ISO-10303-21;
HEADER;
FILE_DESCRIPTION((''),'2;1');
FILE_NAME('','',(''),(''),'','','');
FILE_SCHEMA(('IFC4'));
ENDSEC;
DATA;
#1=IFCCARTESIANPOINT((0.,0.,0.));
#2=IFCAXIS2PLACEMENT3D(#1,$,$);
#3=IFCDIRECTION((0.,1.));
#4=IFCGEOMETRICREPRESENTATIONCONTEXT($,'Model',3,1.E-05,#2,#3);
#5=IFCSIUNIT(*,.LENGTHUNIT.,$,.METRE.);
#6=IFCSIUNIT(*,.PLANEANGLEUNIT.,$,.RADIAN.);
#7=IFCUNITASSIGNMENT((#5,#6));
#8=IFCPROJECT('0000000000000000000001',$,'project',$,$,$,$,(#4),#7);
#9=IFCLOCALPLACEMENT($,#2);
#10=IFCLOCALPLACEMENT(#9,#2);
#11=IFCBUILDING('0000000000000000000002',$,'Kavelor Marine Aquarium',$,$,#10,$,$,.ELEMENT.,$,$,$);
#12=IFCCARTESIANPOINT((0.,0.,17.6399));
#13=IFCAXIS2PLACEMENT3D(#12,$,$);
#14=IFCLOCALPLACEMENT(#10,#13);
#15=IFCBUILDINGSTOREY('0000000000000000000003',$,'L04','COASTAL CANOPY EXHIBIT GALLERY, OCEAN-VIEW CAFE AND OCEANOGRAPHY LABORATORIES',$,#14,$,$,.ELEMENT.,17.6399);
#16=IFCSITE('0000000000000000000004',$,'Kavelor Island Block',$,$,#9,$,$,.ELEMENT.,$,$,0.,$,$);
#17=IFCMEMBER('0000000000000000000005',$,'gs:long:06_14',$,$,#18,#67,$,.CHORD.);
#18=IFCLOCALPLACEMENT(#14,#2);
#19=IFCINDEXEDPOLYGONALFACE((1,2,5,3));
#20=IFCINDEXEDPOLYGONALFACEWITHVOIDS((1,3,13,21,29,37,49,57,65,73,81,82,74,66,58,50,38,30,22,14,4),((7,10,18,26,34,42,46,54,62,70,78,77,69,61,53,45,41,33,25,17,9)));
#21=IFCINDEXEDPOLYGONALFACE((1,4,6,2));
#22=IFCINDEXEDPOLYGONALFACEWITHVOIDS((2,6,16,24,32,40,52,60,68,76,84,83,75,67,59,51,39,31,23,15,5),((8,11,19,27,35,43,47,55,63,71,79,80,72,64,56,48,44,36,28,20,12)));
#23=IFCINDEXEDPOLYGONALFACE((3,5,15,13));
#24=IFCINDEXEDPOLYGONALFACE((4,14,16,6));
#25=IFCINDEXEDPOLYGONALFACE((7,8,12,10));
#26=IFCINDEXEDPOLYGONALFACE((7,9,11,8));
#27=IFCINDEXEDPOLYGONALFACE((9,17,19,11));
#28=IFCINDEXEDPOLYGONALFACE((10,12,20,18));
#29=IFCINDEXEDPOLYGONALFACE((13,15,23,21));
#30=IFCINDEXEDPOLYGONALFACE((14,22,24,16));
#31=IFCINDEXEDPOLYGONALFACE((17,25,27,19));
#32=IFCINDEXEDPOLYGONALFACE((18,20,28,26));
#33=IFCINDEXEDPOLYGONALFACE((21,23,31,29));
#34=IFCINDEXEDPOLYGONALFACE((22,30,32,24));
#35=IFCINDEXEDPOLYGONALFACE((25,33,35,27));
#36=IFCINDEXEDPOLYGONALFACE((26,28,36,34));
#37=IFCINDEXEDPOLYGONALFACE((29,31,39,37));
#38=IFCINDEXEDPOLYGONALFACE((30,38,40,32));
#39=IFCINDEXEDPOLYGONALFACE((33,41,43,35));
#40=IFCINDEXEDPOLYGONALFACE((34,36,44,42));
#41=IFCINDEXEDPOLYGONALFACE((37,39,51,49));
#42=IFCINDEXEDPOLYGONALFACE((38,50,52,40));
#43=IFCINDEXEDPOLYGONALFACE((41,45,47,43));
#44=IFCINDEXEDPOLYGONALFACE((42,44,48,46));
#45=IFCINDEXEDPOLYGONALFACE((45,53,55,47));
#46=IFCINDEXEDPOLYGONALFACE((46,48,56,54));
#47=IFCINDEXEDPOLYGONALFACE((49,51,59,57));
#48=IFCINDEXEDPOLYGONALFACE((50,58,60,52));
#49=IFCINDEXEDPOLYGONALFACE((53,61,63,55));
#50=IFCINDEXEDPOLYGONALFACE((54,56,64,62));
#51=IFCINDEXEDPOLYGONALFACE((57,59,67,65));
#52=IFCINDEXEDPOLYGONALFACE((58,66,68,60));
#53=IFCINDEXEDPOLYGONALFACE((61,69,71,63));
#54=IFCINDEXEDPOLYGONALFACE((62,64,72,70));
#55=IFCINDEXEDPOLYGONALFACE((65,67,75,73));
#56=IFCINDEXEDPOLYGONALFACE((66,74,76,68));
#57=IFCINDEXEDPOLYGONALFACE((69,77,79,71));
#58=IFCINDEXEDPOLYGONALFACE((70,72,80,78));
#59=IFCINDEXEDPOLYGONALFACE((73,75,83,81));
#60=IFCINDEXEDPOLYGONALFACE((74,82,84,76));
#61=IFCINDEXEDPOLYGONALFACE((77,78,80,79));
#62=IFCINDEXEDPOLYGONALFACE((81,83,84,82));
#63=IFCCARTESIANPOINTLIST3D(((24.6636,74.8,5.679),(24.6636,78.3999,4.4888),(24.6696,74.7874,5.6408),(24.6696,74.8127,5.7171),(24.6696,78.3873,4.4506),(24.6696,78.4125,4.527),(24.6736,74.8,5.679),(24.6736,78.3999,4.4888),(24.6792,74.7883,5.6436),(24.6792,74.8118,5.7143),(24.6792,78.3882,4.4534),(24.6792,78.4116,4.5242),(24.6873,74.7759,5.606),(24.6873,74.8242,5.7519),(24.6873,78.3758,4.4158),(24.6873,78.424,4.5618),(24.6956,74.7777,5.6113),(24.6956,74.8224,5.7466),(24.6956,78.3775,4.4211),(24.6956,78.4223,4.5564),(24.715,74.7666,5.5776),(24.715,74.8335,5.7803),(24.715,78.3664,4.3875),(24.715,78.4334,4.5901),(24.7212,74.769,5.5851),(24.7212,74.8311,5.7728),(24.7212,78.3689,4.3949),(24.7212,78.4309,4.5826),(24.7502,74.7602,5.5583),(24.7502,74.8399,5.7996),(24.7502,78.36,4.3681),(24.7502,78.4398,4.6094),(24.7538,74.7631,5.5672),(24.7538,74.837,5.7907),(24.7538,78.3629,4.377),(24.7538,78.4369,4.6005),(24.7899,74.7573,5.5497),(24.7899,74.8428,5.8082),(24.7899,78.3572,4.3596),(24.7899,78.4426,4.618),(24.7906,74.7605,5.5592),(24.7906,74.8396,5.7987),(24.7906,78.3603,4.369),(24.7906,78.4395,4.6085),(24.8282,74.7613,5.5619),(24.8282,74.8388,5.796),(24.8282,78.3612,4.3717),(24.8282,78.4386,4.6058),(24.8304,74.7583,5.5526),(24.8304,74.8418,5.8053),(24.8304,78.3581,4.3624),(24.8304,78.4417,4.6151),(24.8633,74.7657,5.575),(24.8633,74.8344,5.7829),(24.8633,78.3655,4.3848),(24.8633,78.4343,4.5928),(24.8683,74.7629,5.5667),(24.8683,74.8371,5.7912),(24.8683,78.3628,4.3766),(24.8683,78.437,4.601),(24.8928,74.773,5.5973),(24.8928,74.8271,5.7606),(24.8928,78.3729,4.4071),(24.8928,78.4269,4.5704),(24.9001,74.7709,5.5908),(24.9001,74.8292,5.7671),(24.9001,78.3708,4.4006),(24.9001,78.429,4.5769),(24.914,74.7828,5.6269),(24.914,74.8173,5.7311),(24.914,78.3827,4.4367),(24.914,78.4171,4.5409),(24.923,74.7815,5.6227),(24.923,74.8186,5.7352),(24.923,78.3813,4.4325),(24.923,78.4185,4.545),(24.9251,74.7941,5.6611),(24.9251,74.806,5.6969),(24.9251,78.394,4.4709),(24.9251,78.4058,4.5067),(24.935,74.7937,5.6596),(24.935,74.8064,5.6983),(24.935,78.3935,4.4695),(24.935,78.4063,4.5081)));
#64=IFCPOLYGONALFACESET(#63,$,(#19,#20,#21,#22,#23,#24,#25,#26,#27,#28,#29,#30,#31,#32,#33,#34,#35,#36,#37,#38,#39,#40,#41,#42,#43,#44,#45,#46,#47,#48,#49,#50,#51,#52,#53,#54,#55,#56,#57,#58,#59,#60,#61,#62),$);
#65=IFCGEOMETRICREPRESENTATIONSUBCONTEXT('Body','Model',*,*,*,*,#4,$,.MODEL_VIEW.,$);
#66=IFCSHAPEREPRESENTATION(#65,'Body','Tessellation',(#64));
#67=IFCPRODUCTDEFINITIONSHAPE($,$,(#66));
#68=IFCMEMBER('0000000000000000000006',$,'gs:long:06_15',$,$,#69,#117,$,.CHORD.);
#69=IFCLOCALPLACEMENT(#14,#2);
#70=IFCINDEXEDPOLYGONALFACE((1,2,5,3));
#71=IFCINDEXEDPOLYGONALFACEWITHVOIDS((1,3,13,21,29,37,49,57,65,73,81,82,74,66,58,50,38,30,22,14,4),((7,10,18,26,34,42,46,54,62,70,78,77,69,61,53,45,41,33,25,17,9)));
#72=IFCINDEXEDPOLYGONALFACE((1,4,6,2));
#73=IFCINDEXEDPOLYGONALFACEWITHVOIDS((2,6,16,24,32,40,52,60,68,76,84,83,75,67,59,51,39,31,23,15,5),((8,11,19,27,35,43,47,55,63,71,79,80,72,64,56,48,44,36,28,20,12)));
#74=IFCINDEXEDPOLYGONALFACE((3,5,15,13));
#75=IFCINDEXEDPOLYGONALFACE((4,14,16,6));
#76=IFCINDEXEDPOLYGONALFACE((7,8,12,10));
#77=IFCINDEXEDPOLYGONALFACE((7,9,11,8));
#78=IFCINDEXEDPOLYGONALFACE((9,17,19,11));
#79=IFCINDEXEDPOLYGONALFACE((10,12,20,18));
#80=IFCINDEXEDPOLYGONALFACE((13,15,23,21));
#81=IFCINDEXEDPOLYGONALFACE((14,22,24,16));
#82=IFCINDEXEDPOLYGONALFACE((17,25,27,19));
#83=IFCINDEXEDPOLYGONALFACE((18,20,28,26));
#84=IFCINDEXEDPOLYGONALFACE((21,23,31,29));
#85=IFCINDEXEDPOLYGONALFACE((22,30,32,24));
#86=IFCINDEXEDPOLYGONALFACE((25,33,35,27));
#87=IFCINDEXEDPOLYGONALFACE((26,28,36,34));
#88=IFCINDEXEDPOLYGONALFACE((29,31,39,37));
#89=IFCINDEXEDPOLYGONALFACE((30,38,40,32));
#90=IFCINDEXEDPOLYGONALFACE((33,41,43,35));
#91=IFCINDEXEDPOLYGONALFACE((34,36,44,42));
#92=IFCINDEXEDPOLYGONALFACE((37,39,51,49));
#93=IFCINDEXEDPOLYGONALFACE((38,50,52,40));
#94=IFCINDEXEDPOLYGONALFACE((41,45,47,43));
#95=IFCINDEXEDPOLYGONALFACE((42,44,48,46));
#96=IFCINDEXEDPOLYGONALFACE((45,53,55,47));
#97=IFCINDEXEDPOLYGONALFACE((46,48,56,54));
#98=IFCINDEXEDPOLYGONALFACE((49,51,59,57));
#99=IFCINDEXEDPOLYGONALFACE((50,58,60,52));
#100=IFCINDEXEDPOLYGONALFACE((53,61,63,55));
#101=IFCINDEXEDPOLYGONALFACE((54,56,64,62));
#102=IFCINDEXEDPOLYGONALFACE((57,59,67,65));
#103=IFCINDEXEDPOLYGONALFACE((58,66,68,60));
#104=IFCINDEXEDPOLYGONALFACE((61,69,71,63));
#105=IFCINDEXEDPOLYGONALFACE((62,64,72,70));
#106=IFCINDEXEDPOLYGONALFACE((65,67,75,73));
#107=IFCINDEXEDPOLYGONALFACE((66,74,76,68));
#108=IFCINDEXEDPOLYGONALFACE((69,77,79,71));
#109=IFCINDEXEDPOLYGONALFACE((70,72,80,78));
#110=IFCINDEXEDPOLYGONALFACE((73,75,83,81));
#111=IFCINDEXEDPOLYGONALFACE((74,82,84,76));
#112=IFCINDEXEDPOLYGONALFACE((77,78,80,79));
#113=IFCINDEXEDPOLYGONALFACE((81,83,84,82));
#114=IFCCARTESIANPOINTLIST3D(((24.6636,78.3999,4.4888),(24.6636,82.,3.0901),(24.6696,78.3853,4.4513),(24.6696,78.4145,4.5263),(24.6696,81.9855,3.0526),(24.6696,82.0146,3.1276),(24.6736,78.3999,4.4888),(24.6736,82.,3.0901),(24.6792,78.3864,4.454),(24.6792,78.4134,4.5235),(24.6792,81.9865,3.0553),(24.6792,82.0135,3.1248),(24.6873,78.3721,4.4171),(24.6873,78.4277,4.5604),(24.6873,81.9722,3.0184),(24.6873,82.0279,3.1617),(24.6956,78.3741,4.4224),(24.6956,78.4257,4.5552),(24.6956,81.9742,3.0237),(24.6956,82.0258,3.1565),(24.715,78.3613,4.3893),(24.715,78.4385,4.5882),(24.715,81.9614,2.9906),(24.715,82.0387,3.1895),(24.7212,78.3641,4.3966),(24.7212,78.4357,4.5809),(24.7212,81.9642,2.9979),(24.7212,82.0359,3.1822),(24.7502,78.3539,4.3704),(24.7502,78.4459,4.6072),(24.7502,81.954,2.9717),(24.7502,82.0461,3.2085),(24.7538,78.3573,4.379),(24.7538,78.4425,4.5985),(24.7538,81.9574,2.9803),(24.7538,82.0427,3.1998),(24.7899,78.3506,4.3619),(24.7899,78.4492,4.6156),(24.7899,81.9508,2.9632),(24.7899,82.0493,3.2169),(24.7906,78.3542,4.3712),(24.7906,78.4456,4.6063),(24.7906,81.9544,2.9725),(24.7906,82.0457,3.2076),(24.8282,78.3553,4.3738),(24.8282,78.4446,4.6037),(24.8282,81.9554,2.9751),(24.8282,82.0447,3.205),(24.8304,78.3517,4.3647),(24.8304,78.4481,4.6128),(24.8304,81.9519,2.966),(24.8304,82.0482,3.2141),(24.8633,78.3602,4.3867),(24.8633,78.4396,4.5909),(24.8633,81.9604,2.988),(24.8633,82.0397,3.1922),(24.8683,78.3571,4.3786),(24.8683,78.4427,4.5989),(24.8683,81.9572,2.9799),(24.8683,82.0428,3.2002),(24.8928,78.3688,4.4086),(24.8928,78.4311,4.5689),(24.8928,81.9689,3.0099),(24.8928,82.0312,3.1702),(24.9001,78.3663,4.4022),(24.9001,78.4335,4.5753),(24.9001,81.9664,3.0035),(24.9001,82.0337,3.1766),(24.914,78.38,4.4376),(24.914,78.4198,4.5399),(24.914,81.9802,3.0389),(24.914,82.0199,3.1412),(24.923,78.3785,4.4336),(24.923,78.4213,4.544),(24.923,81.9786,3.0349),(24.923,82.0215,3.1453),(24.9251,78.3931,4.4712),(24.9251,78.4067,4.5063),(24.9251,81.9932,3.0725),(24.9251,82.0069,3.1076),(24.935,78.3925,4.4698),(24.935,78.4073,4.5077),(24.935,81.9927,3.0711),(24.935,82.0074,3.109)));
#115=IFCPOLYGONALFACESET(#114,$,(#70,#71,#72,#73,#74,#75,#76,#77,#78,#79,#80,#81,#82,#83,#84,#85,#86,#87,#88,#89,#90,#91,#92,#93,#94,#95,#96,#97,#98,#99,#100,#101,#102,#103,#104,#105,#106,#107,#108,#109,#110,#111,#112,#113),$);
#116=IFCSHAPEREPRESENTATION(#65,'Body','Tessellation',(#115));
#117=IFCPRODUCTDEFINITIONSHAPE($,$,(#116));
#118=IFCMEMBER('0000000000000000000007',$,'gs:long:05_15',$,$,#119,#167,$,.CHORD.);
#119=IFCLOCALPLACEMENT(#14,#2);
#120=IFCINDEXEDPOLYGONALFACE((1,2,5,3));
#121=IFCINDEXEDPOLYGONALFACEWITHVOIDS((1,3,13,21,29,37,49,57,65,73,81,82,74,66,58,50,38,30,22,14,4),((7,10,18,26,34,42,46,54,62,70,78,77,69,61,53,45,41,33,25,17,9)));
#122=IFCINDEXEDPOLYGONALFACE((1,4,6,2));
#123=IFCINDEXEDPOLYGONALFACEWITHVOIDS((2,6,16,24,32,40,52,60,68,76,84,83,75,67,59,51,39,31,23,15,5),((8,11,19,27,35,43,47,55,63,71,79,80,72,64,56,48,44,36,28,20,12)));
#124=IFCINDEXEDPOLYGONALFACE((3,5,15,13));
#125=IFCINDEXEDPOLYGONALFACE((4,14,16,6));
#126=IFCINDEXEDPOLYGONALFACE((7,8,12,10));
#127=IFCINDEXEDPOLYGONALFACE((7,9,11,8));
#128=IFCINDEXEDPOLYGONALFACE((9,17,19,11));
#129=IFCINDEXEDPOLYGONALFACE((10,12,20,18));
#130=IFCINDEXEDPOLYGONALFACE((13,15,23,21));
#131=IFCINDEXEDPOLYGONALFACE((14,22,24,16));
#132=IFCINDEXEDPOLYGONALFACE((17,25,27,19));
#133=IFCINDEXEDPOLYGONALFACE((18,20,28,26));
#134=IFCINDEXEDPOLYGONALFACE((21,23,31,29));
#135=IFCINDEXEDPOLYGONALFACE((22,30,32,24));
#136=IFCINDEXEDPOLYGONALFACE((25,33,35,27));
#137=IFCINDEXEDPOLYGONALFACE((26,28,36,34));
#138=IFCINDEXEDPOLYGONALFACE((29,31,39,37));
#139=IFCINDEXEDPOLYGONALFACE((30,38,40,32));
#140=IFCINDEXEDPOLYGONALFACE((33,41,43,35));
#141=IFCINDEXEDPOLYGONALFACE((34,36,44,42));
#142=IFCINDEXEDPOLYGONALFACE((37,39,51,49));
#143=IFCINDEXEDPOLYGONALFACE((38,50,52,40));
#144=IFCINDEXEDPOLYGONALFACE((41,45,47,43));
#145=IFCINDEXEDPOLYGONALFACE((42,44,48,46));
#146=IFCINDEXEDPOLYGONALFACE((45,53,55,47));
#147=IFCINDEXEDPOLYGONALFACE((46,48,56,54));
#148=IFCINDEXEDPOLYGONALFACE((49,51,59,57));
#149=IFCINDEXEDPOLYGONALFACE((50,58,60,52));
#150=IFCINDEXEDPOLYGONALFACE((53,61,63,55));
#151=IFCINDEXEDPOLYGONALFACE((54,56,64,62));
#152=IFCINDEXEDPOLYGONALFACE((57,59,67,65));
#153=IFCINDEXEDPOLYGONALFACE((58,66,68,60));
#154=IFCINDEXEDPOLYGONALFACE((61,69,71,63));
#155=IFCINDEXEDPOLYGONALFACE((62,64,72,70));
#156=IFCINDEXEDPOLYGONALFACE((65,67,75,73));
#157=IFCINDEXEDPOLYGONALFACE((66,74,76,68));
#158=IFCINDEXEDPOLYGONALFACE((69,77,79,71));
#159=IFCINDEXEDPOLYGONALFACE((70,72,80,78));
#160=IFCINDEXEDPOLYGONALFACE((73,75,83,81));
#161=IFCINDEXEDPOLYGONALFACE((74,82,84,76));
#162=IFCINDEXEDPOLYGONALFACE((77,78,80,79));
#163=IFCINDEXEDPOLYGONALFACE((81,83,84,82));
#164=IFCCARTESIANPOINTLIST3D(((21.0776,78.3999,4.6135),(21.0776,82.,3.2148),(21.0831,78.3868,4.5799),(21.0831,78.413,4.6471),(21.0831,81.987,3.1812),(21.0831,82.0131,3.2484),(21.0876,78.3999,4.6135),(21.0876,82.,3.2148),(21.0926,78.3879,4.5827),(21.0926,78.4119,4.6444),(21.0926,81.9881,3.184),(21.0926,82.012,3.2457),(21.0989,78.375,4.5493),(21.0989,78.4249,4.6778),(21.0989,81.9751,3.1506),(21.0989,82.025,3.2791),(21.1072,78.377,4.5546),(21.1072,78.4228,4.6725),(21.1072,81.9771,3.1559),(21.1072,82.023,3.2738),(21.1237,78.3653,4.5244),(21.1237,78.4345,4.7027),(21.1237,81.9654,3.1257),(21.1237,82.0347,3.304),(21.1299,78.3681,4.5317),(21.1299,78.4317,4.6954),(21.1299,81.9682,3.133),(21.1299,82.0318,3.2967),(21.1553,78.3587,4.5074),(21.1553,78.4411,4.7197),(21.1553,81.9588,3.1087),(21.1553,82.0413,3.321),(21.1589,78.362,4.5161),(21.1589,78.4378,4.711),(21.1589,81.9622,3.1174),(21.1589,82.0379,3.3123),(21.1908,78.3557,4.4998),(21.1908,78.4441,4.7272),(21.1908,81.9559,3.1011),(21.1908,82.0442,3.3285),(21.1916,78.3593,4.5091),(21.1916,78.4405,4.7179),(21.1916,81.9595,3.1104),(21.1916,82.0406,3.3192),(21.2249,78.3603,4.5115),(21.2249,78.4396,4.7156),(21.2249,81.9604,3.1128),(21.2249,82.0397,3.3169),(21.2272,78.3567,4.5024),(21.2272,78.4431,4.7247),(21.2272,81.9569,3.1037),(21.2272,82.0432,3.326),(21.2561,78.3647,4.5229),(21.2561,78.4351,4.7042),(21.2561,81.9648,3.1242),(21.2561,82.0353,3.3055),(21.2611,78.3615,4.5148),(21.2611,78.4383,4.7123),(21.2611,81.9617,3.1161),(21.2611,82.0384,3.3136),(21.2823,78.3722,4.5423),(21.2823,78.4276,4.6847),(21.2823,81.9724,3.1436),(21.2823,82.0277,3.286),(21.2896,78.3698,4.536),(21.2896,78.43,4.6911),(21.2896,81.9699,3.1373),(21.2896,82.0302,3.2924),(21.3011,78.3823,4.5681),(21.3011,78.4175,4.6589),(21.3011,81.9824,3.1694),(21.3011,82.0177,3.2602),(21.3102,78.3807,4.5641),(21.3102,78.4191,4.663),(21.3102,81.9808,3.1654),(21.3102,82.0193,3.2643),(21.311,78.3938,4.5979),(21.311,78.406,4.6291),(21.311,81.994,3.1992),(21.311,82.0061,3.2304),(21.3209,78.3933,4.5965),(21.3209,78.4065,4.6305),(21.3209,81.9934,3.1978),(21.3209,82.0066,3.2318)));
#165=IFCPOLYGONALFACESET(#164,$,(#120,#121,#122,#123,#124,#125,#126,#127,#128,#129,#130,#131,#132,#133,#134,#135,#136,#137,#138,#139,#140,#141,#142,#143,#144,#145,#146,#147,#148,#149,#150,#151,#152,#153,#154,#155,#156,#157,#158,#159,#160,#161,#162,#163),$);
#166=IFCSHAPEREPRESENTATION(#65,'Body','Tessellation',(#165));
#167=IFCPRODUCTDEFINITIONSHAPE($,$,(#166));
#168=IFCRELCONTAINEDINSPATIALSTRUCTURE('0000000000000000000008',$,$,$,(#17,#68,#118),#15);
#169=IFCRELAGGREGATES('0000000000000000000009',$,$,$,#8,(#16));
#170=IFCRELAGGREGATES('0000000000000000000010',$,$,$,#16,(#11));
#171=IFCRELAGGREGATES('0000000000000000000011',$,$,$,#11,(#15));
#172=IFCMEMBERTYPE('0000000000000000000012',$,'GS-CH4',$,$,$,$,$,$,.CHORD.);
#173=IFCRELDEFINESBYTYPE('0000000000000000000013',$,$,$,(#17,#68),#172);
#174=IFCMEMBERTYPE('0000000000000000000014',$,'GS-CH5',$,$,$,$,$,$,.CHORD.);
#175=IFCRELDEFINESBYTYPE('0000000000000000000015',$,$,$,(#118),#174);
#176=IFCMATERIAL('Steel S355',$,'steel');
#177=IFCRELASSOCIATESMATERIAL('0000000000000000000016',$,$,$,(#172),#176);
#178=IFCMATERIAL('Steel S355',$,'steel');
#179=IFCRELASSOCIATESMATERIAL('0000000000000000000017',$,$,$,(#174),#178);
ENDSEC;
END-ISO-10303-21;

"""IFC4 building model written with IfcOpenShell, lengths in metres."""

from ifc_helpers import new_model, si_unit, direction, frame, origin, origin_2d, place, context, subcontext, project, spatial, hollow_circle, extrude, material, material_profile, profile_set, type_object, element, save


model = new_model("IFC4")

# Units and contexts
model_context = context("Model", 3, precision=1e-05, world=origin(), true_north=direction((0.0, 1.0)))
body_context = subcontext(model_context, "Body", "Model", "MODEL_VIEW")
ifc_project = project(units=[si_unit("LENGTHUNIT", "METRE"), si_unit("PLANEANGLEUNIT", "RADIAN")], contexts=[model_context])

# Site, building, storey
site_placement = place(None, origin())
site = spatial("IfcSite", under=ifc_project, at=site_placement, Name="Kavelor Island Block", CompositionType="ELEMENT", RefElevation=0.0)
building_placement = place(site_placement, origin())
building = spatial("IfcBuilding", under=site, at=building_placement, Name="Kavelor Marine Aquarium", CompositionType="ELEMENT")
storey_placement = place(building_placement, frame((0.0, 0.0, 17.6399)))
storey = spatial("IfcBuildingStorey", under=building, at=storey_placement, Name="L04", Description="COASTAL CANOPY EXHIBIT GALLERY, OCEAN-VIEW CAFE AND OCEANOGRAPHY LABORATORIES", CompositionType="ELEMENT", Elevation=17.6399)

# Members
ifc_material_1 = material(Name="Steel S355", Category="steel")
ifc_material_profile_1 = material_profile(ifc_material_1, hollow_circle(Radius=0.1365, WallThickness=0.01, at=origin_2d()), Name="CHS 273.0x10.0")
ifc_profile_set_1 = profile_set([ifc_material_profile_1], Name="Steel S355")
member_type_1 = type_object("IfcMemberType", Name="GS-CH4", PredefinedType="CHORD", material=ifc_profile_set_1)
member_1_placement = place(storey_placement, frame((24.8, 74.8, 5.679), z_axis=(0.0, 0.949453, -0.313909), x_axis=(-1.0, 0.0, 0.0)))
element("IfcMember", 1, at=member_1_placement, inside=storey, type_object=member_type_1, Name="gs:long:06_14", PredefinedType="CHORD", context=body_context, shape_type="SweptSolid", body=[
    extrude(hollow_circle(Radius=0.1365, WallThickness=0.01, at=origin_2d()), origin(), (0.0, 0.0, 1.0), 3.7915),
])
member_2_placement = place(storey_placement, frame((24.8, 78.3999, 4.4888), z_axis=(0.0, 0.932123, -0.362141), x_axis=(-1.0, 0.0, 0.0)))
element("IfcMember", 2, at=member_2_placement, inside=storey, type_object=member_type_1, Name="gs:long:06_15", PredefinedType="CHORD", context=body_context, shape_type="SweptSolid", body=[
    extrude(hollow_circle(Radius=0.1365, WallThickness=0.01, at=origin_2d()), origin(), (0.0, 0.0, 1.0), 3.8623),
])
ifc_material_2 = material(Name="Steel S355", Category="steel")
ifc_material_profile_2 = material_profile(ifc_material_2, hollow_circle(Radius=0.1223, WallThickness=0.01, at=origin_2d()), Name="CHS 244.5x10.0")
ifc_profile_set_2 = profile_set([ifc_material_profile_2], Name="Steel S355")
member_type_2 = type_object("IfcMemberType", Name="GS-CH5", PredefinedType="CHORD", material=ifc_profile_set_2)
member_3_placement = place(storey_placement, frame((21.2, 78.3999, 4.6135), z_axis=(0.0, 0.932123, -0.362141), x_axis=(-1.0, 0.0, 0.0)))
element("IfcMember", 3, at=member_3_placement, inside=storey, type_object=member_type_2, Name="gs:long:05_15", PredefinedType="CHORD", context=body_context, shape_type="SweptSolid", body=[
    extrude(hollow_circle(Radius=0.1223, WallThickness=0.01, at=origin_2d()), origin(), (0.0, 0.0, 1.0), 3.8623),
])

save(model, "model.ifc")
